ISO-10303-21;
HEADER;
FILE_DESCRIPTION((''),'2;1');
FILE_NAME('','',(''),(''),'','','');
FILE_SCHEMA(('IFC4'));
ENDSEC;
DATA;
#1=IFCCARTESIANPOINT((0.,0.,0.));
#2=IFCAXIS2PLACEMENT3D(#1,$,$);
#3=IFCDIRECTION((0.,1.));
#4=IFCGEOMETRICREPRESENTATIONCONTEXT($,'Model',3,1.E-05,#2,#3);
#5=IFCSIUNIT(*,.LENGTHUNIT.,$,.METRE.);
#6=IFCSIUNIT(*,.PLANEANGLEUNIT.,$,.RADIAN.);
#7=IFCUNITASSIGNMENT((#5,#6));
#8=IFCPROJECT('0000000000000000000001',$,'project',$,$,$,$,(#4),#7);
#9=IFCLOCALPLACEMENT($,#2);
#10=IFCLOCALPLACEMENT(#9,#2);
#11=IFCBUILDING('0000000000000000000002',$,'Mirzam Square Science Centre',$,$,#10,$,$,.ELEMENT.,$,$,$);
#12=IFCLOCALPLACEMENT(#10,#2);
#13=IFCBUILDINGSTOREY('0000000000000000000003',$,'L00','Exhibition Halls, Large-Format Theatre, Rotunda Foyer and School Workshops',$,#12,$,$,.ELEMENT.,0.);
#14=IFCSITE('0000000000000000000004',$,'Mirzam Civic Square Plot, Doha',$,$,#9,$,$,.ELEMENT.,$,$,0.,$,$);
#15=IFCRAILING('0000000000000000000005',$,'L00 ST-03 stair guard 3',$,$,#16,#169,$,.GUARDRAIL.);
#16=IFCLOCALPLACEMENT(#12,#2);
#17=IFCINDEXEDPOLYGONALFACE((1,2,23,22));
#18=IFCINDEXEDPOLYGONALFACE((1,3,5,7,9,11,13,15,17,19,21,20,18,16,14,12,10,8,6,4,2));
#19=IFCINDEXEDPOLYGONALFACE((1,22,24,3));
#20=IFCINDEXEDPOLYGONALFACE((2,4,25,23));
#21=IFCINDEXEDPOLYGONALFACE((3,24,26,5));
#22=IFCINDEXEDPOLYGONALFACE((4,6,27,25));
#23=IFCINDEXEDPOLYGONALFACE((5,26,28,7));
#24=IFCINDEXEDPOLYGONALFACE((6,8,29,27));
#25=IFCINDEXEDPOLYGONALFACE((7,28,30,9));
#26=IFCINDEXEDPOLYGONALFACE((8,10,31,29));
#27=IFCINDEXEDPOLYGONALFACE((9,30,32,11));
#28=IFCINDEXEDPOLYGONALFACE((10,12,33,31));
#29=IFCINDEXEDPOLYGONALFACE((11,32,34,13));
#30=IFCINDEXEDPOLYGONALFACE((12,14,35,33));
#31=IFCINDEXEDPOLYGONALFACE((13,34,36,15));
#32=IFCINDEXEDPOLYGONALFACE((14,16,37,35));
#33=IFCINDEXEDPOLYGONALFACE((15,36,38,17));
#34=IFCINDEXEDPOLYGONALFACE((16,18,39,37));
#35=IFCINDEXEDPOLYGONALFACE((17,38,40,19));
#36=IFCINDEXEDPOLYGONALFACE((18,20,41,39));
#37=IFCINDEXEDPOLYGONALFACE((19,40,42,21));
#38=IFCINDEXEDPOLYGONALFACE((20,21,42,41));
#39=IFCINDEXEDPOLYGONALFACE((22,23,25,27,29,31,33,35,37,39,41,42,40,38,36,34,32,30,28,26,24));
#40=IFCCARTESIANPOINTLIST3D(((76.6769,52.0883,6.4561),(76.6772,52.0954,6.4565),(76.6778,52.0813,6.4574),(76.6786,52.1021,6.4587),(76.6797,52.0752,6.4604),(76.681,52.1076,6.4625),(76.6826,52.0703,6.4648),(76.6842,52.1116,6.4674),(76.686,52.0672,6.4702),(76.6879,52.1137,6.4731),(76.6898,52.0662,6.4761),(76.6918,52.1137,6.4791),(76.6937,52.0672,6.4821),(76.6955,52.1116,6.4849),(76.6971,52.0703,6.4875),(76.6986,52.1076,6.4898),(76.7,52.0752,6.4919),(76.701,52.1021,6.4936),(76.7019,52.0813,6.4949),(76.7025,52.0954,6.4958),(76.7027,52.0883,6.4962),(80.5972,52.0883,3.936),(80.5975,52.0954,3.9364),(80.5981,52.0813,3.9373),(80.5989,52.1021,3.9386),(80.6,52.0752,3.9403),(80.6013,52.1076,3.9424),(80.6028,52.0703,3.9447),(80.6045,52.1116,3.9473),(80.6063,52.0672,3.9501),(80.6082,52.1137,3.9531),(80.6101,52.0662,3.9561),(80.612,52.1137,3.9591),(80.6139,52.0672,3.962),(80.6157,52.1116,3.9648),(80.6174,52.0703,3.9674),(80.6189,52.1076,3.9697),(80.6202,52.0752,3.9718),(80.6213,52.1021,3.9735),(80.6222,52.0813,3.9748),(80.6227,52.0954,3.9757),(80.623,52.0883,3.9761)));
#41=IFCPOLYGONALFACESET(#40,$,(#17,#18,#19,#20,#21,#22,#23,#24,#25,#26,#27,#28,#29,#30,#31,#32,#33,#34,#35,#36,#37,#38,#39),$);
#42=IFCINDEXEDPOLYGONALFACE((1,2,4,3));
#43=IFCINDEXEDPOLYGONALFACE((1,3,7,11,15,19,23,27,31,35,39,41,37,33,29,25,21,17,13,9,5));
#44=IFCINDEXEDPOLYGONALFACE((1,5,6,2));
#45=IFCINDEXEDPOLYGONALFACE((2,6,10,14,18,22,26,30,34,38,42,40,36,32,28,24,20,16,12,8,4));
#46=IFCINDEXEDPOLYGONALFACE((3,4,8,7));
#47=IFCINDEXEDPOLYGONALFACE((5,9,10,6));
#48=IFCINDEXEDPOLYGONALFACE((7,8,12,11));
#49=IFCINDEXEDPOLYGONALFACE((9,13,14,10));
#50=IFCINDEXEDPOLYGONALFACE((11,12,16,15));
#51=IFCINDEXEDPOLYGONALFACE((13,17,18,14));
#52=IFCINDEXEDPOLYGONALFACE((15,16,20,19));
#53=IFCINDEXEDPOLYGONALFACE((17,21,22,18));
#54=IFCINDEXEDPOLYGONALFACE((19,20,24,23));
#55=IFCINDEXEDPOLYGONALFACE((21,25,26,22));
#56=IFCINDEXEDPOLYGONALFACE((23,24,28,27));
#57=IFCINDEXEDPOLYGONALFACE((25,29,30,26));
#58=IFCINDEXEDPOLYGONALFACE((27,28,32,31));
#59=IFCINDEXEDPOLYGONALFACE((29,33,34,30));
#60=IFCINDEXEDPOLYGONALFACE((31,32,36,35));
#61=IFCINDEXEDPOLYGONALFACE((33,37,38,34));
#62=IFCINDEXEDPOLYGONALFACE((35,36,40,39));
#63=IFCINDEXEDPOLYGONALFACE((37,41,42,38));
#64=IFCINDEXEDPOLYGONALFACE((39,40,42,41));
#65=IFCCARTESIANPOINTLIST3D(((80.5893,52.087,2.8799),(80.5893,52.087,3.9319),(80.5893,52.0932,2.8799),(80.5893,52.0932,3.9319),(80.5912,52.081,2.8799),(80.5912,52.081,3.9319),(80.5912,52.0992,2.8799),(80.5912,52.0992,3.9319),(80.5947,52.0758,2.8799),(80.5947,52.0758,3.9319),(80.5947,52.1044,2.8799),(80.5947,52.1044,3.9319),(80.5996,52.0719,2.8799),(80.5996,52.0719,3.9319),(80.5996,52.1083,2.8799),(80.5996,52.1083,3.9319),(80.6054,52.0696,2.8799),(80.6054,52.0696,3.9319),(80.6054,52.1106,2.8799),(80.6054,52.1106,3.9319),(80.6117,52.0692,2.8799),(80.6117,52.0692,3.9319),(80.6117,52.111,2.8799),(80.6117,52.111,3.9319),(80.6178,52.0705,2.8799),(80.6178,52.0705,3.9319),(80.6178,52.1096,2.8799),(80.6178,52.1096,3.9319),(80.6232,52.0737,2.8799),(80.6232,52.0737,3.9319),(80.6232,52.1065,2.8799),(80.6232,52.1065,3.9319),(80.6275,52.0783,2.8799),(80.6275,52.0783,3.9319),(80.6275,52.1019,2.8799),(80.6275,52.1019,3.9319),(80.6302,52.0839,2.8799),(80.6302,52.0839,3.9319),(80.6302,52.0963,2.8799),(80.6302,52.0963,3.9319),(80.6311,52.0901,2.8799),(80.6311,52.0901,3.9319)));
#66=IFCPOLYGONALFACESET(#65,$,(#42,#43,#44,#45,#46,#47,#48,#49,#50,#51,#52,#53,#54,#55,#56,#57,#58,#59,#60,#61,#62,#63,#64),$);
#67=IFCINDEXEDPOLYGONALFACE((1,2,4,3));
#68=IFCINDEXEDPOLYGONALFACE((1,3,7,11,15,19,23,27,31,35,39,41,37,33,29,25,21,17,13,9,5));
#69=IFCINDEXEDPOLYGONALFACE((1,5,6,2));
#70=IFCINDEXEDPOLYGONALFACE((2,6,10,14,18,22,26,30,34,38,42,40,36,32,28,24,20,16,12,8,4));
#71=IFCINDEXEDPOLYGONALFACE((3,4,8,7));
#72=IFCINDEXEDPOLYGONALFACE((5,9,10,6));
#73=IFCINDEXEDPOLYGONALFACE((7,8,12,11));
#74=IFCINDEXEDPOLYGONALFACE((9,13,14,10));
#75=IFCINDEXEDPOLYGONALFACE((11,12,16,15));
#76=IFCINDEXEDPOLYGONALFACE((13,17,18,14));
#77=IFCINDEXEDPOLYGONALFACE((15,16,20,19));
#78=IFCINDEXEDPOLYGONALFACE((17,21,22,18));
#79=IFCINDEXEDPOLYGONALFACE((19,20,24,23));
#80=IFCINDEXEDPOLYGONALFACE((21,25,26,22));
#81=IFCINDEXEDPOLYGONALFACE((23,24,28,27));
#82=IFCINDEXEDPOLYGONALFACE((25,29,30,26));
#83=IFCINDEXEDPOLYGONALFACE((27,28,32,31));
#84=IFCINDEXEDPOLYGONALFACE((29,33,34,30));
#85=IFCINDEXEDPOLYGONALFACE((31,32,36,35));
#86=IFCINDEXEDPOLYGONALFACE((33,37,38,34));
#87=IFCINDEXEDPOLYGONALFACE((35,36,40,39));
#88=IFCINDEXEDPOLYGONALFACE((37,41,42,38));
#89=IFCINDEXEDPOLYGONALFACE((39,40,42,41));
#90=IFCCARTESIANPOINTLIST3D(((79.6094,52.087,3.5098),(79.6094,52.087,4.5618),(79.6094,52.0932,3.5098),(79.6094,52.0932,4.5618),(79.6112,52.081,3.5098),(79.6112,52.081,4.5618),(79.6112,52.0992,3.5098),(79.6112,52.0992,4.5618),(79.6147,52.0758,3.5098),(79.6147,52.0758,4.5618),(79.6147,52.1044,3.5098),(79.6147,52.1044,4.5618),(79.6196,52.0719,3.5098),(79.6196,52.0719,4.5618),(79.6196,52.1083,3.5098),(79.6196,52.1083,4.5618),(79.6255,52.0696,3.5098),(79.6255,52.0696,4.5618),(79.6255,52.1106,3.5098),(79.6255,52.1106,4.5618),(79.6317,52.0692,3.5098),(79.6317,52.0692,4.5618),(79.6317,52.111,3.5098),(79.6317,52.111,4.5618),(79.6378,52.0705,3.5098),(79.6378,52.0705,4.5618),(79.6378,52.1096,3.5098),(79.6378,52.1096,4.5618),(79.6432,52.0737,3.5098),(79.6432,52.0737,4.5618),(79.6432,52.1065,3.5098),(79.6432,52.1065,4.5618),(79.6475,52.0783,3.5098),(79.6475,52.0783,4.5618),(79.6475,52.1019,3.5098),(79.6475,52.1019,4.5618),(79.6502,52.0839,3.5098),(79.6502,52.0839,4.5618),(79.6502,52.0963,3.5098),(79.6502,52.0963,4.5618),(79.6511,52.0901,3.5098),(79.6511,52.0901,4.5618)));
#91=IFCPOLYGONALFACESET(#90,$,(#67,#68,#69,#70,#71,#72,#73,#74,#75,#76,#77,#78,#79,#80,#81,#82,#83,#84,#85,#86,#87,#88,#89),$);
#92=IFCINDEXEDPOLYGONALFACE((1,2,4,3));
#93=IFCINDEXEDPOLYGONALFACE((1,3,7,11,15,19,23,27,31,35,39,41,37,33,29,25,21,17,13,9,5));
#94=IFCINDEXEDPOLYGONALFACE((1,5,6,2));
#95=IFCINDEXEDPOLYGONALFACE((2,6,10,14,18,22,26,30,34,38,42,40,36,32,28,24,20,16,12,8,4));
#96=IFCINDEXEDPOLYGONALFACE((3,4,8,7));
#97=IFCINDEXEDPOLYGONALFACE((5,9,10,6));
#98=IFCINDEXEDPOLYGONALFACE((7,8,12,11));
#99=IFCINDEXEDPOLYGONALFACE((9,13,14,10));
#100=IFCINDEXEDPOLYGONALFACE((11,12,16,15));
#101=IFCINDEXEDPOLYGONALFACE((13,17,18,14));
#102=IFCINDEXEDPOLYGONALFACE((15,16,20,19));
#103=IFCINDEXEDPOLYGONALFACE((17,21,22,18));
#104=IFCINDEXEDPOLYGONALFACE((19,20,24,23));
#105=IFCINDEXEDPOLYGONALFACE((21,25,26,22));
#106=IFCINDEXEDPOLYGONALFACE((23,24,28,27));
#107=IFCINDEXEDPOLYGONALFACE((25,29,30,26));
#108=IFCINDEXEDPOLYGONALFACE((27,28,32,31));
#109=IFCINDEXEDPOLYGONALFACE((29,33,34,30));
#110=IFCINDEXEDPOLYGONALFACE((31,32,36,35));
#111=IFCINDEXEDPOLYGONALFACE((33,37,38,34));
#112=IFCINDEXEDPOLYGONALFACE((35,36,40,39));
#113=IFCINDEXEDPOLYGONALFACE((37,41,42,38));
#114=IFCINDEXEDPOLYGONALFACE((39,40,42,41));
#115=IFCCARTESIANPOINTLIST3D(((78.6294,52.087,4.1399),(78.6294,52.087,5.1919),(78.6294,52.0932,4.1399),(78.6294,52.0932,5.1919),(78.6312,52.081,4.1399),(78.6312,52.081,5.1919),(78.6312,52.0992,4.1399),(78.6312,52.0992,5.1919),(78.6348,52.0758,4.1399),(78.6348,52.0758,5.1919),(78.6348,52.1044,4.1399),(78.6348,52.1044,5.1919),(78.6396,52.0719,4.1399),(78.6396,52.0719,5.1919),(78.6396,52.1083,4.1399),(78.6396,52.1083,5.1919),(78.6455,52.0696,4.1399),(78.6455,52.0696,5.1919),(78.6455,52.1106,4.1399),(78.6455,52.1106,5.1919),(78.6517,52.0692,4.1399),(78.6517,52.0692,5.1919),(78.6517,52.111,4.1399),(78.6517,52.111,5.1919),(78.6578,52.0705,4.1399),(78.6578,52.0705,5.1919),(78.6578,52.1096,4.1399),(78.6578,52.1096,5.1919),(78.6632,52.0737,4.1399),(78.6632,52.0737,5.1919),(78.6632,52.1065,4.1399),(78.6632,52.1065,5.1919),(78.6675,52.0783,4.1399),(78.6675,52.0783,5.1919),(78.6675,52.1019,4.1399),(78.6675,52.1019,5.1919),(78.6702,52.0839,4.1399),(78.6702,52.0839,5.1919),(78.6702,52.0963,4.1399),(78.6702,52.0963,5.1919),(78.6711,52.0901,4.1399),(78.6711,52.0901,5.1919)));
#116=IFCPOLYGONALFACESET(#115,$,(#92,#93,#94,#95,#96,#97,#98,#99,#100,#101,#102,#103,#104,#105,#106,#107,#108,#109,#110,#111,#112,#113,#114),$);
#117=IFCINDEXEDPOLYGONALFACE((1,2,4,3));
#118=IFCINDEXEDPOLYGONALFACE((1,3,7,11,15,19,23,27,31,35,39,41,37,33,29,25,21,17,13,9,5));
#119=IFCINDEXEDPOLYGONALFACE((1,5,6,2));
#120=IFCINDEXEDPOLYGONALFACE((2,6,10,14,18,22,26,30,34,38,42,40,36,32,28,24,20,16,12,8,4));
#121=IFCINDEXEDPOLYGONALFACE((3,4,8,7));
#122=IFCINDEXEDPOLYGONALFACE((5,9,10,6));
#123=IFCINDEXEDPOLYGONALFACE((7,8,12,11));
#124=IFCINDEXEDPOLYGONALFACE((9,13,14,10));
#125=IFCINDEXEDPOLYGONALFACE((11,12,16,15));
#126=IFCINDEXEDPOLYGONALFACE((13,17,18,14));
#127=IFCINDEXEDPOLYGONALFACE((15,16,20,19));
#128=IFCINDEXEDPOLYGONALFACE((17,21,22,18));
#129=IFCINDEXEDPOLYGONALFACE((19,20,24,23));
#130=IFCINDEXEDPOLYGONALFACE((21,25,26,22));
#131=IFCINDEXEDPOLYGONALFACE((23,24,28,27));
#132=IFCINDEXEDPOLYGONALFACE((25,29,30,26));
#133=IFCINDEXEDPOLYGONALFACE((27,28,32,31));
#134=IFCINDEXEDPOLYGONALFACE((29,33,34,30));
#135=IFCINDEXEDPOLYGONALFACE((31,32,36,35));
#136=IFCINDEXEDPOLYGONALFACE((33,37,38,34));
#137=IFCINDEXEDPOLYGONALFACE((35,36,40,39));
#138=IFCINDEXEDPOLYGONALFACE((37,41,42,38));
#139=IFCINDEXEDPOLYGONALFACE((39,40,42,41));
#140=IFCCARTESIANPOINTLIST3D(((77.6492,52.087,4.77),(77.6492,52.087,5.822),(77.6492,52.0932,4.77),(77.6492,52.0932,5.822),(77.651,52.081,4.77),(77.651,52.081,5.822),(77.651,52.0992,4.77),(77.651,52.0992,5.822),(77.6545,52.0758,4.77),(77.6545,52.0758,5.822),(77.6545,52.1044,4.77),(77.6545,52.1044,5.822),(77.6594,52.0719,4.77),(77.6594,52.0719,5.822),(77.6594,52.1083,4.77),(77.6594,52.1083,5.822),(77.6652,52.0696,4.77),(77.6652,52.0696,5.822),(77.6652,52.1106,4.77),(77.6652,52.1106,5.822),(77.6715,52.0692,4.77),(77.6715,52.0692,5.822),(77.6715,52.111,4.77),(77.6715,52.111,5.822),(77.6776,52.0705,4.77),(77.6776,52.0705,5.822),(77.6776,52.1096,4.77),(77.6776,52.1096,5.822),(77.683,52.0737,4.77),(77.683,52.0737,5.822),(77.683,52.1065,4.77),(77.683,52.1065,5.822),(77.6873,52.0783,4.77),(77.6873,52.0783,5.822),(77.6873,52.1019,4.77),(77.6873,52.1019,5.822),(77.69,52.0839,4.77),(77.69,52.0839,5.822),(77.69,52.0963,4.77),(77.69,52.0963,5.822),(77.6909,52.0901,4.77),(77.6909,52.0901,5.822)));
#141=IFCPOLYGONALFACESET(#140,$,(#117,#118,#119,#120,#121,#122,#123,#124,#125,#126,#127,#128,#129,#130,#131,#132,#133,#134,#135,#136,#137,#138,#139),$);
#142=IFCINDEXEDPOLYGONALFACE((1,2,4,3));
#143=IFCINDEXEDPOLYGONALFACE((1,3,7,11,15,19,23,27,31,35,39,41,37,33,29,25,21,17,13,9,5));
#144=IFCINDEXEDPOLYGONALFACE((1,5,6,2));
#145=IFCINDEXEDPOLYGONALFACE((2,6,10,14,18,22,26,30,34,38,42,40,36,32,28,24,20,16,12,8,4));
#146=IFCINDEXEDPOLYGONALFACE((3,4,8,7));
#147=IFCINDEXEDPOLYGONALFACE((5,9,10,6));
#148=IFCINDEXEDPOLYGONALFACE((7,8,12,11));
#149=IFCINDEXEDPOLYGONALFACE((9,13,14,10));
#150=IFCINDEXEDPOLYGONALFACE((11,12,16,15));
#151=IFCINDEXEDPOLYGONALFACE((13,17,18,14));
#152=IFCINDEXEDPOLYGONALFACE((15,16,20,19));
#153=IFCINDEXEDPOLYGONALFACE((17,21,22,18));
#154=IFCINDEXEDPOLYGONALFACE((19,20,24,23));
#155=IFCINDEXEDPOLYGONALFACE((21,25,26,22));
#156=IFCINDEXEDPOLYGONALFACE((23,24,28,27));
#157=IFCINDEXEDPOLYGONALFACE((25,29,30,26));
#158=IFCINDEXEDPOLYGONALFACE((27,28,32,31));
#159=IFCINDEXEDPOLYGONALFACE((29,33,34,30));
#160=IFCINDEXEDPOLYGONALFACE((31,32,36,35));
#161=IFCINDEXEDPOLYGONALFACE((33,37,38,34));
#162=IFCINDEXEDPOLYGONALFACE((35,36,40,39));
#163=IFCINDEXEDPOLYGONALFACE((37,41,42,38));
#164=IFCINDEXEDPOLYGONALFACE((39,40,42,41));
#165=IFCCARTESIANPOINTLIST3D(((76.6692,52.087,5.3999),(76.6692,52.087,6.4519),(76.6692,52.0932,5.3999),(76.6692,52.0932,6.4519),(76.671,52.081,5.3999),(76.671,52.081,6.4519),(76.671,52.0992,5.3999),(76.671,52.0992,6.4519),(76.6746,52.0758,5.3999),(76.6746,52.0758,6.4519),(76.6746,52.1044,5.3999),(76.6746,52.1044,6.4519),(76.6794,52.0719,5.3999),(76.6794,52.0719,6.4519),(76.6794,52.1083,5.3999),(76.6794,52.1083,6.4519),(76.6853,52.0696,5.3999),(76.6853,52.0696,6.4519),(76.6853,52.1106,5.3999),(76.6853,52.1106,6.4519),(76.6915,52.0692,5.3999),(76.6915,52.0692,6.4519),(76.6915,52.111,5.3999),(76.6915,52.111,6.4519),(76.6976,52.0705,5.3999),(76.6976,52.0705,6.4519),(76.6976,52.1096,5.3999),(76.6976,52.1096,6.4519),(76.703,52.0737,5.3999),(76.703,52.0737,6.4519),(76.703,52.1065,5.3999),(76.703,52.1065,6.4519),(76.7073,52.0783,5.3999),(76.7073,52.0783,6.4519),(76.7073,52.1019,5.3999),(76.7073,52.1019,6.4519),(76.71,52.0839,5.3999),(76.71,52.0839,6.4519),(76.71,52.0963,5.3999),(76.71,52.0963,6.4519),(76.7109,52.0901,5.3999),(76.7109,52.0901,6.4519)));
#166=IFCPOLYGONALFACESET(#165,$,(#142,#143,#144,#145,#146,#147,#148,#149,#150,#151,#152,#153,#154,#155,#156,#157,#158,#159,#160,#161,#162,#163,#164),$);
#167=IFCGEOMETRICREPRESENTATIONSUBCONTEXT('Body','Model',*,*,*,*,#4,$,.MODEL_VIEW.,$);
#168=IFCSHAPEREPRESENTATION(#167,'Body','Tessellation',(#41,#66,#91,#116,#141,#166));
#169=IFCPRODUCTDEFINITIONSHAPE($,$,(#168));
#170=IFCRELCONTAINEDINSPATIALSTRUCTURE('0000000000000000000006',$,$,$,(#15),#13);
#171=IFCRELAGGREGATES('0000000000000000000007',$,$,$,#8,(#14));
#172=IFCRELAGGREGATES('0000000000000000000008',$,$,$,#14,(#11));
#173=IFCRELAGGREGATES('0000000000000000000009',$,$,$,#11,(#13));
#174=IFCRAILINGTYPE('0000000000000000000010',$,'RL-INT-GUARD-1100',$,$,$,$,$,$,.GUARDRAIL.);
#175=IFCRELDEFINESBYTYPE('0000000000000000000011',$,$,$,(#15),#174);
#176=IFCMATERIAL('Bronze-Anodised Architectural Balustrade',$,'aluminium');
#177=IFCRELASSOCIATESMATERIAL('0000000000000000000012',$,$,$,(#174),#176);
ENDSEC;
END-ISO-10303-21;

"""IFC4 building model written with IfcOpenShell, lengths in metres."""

from ifc_helpers import new_model, si_unit, direction, frame, origin, origin_2d, place, context, subcontext, project, spatial, circle, extrude, material, type_object, element, save


model = new_model("IFC4")

# Units and contexts
model_context = context("Model", 3, precision=1e-05, world=origin(), true_north=direction((0.0, 1.0)))
body_context = subcontext(model_context, "Body", "Model", "MODEL_VIEW")
ifc_project = project(units=[si_unit("LENGTHUNIT", "METRE"), si_unit("PLANEANGLEUNIT", "RADIAN")], contexts=[model_context])

# Site, building, storey
site_placement = place(None, origin())
site = spatial("IfcSite", under=ifc_project, at=site_placement, Name="Mirzam Civic Square Plot, Doha", CompositionType="ELEMENT", RefElevation=0.0)
building_placement = place(site_placement, origin())
building = spatial("IfcBuilding", under=site, at=building_placement, Name="Mirzam Square Science Centre", CompositionType="ELEMENT")
storey_placement = place(building_placement, origin())
storey = spatial("IfcBuildingStorey", under=building, at=storey_placement, Name="L00", Description="Exhibition Halls, Large-Format Theatre, Rotunda Foyer and School Workshops", CompositionType="ELEMENT", Elevation=0.0)

# Railing
ifc_material_1 = material(Name="Bronze-Anodised Architectural Balustrade", Category="aluminium")
railing_type_1 = type_object("IfcRailingType", Name="RL-INT-GUARD-1100", PredefinedType="GUARDRAIL", material=ifc_material_1)
railing_1_placement = place(storey_placement, frame((80.6101, 52.0901, 2.8799)))
element("IfcRailing", 1, at=railing_1_placement, inside=storey, type_object=railing_type_1, Name="L00 ST-03 stair guard 3", PredefinedType="GUARDRAIL", context=body_context, shape_type="SweptSolid", body=[
    extrude(circle(Radius=0.0239, at=origin_2d()), frame((0.0, 0.0, 1.0762), z_axis=(-0.841187, 0.0, 0.540744), x_axis=(0.0, -1.0, 0.0)), (0.0, 0.0, 1.0), 4.6604),
    extrude(circle(Radius=0.021, at=origin_2d()), origin(), (0.0, 0.0, 1.0), 1.052),
    extrude(circle(Radius=0.021, at=origin_2d()), frame((-0.98, 0.0, 0.6299)), (0.0, 0.0, 1.0), 1.052),
    extrude(circle(Radius=0.021, at=origin_2d()), frame((-1.96, 0.0, 1.26)), (0.0, 0.0, 1.0), 1.052),
    extrude(circle(Radius=0.021, at=origin_2d()), frame((-2.9402, 0.0, 1.8901)), (0.0, 0.0, 1.0), 1.052),
    extrude(circle(Radius=0.021, at=origin_2d()), frame((-3.9202, 0.0, 2.52)), (0.0, 0.0, 1.0), 1.052),
])

save(model, "model.ifc")
